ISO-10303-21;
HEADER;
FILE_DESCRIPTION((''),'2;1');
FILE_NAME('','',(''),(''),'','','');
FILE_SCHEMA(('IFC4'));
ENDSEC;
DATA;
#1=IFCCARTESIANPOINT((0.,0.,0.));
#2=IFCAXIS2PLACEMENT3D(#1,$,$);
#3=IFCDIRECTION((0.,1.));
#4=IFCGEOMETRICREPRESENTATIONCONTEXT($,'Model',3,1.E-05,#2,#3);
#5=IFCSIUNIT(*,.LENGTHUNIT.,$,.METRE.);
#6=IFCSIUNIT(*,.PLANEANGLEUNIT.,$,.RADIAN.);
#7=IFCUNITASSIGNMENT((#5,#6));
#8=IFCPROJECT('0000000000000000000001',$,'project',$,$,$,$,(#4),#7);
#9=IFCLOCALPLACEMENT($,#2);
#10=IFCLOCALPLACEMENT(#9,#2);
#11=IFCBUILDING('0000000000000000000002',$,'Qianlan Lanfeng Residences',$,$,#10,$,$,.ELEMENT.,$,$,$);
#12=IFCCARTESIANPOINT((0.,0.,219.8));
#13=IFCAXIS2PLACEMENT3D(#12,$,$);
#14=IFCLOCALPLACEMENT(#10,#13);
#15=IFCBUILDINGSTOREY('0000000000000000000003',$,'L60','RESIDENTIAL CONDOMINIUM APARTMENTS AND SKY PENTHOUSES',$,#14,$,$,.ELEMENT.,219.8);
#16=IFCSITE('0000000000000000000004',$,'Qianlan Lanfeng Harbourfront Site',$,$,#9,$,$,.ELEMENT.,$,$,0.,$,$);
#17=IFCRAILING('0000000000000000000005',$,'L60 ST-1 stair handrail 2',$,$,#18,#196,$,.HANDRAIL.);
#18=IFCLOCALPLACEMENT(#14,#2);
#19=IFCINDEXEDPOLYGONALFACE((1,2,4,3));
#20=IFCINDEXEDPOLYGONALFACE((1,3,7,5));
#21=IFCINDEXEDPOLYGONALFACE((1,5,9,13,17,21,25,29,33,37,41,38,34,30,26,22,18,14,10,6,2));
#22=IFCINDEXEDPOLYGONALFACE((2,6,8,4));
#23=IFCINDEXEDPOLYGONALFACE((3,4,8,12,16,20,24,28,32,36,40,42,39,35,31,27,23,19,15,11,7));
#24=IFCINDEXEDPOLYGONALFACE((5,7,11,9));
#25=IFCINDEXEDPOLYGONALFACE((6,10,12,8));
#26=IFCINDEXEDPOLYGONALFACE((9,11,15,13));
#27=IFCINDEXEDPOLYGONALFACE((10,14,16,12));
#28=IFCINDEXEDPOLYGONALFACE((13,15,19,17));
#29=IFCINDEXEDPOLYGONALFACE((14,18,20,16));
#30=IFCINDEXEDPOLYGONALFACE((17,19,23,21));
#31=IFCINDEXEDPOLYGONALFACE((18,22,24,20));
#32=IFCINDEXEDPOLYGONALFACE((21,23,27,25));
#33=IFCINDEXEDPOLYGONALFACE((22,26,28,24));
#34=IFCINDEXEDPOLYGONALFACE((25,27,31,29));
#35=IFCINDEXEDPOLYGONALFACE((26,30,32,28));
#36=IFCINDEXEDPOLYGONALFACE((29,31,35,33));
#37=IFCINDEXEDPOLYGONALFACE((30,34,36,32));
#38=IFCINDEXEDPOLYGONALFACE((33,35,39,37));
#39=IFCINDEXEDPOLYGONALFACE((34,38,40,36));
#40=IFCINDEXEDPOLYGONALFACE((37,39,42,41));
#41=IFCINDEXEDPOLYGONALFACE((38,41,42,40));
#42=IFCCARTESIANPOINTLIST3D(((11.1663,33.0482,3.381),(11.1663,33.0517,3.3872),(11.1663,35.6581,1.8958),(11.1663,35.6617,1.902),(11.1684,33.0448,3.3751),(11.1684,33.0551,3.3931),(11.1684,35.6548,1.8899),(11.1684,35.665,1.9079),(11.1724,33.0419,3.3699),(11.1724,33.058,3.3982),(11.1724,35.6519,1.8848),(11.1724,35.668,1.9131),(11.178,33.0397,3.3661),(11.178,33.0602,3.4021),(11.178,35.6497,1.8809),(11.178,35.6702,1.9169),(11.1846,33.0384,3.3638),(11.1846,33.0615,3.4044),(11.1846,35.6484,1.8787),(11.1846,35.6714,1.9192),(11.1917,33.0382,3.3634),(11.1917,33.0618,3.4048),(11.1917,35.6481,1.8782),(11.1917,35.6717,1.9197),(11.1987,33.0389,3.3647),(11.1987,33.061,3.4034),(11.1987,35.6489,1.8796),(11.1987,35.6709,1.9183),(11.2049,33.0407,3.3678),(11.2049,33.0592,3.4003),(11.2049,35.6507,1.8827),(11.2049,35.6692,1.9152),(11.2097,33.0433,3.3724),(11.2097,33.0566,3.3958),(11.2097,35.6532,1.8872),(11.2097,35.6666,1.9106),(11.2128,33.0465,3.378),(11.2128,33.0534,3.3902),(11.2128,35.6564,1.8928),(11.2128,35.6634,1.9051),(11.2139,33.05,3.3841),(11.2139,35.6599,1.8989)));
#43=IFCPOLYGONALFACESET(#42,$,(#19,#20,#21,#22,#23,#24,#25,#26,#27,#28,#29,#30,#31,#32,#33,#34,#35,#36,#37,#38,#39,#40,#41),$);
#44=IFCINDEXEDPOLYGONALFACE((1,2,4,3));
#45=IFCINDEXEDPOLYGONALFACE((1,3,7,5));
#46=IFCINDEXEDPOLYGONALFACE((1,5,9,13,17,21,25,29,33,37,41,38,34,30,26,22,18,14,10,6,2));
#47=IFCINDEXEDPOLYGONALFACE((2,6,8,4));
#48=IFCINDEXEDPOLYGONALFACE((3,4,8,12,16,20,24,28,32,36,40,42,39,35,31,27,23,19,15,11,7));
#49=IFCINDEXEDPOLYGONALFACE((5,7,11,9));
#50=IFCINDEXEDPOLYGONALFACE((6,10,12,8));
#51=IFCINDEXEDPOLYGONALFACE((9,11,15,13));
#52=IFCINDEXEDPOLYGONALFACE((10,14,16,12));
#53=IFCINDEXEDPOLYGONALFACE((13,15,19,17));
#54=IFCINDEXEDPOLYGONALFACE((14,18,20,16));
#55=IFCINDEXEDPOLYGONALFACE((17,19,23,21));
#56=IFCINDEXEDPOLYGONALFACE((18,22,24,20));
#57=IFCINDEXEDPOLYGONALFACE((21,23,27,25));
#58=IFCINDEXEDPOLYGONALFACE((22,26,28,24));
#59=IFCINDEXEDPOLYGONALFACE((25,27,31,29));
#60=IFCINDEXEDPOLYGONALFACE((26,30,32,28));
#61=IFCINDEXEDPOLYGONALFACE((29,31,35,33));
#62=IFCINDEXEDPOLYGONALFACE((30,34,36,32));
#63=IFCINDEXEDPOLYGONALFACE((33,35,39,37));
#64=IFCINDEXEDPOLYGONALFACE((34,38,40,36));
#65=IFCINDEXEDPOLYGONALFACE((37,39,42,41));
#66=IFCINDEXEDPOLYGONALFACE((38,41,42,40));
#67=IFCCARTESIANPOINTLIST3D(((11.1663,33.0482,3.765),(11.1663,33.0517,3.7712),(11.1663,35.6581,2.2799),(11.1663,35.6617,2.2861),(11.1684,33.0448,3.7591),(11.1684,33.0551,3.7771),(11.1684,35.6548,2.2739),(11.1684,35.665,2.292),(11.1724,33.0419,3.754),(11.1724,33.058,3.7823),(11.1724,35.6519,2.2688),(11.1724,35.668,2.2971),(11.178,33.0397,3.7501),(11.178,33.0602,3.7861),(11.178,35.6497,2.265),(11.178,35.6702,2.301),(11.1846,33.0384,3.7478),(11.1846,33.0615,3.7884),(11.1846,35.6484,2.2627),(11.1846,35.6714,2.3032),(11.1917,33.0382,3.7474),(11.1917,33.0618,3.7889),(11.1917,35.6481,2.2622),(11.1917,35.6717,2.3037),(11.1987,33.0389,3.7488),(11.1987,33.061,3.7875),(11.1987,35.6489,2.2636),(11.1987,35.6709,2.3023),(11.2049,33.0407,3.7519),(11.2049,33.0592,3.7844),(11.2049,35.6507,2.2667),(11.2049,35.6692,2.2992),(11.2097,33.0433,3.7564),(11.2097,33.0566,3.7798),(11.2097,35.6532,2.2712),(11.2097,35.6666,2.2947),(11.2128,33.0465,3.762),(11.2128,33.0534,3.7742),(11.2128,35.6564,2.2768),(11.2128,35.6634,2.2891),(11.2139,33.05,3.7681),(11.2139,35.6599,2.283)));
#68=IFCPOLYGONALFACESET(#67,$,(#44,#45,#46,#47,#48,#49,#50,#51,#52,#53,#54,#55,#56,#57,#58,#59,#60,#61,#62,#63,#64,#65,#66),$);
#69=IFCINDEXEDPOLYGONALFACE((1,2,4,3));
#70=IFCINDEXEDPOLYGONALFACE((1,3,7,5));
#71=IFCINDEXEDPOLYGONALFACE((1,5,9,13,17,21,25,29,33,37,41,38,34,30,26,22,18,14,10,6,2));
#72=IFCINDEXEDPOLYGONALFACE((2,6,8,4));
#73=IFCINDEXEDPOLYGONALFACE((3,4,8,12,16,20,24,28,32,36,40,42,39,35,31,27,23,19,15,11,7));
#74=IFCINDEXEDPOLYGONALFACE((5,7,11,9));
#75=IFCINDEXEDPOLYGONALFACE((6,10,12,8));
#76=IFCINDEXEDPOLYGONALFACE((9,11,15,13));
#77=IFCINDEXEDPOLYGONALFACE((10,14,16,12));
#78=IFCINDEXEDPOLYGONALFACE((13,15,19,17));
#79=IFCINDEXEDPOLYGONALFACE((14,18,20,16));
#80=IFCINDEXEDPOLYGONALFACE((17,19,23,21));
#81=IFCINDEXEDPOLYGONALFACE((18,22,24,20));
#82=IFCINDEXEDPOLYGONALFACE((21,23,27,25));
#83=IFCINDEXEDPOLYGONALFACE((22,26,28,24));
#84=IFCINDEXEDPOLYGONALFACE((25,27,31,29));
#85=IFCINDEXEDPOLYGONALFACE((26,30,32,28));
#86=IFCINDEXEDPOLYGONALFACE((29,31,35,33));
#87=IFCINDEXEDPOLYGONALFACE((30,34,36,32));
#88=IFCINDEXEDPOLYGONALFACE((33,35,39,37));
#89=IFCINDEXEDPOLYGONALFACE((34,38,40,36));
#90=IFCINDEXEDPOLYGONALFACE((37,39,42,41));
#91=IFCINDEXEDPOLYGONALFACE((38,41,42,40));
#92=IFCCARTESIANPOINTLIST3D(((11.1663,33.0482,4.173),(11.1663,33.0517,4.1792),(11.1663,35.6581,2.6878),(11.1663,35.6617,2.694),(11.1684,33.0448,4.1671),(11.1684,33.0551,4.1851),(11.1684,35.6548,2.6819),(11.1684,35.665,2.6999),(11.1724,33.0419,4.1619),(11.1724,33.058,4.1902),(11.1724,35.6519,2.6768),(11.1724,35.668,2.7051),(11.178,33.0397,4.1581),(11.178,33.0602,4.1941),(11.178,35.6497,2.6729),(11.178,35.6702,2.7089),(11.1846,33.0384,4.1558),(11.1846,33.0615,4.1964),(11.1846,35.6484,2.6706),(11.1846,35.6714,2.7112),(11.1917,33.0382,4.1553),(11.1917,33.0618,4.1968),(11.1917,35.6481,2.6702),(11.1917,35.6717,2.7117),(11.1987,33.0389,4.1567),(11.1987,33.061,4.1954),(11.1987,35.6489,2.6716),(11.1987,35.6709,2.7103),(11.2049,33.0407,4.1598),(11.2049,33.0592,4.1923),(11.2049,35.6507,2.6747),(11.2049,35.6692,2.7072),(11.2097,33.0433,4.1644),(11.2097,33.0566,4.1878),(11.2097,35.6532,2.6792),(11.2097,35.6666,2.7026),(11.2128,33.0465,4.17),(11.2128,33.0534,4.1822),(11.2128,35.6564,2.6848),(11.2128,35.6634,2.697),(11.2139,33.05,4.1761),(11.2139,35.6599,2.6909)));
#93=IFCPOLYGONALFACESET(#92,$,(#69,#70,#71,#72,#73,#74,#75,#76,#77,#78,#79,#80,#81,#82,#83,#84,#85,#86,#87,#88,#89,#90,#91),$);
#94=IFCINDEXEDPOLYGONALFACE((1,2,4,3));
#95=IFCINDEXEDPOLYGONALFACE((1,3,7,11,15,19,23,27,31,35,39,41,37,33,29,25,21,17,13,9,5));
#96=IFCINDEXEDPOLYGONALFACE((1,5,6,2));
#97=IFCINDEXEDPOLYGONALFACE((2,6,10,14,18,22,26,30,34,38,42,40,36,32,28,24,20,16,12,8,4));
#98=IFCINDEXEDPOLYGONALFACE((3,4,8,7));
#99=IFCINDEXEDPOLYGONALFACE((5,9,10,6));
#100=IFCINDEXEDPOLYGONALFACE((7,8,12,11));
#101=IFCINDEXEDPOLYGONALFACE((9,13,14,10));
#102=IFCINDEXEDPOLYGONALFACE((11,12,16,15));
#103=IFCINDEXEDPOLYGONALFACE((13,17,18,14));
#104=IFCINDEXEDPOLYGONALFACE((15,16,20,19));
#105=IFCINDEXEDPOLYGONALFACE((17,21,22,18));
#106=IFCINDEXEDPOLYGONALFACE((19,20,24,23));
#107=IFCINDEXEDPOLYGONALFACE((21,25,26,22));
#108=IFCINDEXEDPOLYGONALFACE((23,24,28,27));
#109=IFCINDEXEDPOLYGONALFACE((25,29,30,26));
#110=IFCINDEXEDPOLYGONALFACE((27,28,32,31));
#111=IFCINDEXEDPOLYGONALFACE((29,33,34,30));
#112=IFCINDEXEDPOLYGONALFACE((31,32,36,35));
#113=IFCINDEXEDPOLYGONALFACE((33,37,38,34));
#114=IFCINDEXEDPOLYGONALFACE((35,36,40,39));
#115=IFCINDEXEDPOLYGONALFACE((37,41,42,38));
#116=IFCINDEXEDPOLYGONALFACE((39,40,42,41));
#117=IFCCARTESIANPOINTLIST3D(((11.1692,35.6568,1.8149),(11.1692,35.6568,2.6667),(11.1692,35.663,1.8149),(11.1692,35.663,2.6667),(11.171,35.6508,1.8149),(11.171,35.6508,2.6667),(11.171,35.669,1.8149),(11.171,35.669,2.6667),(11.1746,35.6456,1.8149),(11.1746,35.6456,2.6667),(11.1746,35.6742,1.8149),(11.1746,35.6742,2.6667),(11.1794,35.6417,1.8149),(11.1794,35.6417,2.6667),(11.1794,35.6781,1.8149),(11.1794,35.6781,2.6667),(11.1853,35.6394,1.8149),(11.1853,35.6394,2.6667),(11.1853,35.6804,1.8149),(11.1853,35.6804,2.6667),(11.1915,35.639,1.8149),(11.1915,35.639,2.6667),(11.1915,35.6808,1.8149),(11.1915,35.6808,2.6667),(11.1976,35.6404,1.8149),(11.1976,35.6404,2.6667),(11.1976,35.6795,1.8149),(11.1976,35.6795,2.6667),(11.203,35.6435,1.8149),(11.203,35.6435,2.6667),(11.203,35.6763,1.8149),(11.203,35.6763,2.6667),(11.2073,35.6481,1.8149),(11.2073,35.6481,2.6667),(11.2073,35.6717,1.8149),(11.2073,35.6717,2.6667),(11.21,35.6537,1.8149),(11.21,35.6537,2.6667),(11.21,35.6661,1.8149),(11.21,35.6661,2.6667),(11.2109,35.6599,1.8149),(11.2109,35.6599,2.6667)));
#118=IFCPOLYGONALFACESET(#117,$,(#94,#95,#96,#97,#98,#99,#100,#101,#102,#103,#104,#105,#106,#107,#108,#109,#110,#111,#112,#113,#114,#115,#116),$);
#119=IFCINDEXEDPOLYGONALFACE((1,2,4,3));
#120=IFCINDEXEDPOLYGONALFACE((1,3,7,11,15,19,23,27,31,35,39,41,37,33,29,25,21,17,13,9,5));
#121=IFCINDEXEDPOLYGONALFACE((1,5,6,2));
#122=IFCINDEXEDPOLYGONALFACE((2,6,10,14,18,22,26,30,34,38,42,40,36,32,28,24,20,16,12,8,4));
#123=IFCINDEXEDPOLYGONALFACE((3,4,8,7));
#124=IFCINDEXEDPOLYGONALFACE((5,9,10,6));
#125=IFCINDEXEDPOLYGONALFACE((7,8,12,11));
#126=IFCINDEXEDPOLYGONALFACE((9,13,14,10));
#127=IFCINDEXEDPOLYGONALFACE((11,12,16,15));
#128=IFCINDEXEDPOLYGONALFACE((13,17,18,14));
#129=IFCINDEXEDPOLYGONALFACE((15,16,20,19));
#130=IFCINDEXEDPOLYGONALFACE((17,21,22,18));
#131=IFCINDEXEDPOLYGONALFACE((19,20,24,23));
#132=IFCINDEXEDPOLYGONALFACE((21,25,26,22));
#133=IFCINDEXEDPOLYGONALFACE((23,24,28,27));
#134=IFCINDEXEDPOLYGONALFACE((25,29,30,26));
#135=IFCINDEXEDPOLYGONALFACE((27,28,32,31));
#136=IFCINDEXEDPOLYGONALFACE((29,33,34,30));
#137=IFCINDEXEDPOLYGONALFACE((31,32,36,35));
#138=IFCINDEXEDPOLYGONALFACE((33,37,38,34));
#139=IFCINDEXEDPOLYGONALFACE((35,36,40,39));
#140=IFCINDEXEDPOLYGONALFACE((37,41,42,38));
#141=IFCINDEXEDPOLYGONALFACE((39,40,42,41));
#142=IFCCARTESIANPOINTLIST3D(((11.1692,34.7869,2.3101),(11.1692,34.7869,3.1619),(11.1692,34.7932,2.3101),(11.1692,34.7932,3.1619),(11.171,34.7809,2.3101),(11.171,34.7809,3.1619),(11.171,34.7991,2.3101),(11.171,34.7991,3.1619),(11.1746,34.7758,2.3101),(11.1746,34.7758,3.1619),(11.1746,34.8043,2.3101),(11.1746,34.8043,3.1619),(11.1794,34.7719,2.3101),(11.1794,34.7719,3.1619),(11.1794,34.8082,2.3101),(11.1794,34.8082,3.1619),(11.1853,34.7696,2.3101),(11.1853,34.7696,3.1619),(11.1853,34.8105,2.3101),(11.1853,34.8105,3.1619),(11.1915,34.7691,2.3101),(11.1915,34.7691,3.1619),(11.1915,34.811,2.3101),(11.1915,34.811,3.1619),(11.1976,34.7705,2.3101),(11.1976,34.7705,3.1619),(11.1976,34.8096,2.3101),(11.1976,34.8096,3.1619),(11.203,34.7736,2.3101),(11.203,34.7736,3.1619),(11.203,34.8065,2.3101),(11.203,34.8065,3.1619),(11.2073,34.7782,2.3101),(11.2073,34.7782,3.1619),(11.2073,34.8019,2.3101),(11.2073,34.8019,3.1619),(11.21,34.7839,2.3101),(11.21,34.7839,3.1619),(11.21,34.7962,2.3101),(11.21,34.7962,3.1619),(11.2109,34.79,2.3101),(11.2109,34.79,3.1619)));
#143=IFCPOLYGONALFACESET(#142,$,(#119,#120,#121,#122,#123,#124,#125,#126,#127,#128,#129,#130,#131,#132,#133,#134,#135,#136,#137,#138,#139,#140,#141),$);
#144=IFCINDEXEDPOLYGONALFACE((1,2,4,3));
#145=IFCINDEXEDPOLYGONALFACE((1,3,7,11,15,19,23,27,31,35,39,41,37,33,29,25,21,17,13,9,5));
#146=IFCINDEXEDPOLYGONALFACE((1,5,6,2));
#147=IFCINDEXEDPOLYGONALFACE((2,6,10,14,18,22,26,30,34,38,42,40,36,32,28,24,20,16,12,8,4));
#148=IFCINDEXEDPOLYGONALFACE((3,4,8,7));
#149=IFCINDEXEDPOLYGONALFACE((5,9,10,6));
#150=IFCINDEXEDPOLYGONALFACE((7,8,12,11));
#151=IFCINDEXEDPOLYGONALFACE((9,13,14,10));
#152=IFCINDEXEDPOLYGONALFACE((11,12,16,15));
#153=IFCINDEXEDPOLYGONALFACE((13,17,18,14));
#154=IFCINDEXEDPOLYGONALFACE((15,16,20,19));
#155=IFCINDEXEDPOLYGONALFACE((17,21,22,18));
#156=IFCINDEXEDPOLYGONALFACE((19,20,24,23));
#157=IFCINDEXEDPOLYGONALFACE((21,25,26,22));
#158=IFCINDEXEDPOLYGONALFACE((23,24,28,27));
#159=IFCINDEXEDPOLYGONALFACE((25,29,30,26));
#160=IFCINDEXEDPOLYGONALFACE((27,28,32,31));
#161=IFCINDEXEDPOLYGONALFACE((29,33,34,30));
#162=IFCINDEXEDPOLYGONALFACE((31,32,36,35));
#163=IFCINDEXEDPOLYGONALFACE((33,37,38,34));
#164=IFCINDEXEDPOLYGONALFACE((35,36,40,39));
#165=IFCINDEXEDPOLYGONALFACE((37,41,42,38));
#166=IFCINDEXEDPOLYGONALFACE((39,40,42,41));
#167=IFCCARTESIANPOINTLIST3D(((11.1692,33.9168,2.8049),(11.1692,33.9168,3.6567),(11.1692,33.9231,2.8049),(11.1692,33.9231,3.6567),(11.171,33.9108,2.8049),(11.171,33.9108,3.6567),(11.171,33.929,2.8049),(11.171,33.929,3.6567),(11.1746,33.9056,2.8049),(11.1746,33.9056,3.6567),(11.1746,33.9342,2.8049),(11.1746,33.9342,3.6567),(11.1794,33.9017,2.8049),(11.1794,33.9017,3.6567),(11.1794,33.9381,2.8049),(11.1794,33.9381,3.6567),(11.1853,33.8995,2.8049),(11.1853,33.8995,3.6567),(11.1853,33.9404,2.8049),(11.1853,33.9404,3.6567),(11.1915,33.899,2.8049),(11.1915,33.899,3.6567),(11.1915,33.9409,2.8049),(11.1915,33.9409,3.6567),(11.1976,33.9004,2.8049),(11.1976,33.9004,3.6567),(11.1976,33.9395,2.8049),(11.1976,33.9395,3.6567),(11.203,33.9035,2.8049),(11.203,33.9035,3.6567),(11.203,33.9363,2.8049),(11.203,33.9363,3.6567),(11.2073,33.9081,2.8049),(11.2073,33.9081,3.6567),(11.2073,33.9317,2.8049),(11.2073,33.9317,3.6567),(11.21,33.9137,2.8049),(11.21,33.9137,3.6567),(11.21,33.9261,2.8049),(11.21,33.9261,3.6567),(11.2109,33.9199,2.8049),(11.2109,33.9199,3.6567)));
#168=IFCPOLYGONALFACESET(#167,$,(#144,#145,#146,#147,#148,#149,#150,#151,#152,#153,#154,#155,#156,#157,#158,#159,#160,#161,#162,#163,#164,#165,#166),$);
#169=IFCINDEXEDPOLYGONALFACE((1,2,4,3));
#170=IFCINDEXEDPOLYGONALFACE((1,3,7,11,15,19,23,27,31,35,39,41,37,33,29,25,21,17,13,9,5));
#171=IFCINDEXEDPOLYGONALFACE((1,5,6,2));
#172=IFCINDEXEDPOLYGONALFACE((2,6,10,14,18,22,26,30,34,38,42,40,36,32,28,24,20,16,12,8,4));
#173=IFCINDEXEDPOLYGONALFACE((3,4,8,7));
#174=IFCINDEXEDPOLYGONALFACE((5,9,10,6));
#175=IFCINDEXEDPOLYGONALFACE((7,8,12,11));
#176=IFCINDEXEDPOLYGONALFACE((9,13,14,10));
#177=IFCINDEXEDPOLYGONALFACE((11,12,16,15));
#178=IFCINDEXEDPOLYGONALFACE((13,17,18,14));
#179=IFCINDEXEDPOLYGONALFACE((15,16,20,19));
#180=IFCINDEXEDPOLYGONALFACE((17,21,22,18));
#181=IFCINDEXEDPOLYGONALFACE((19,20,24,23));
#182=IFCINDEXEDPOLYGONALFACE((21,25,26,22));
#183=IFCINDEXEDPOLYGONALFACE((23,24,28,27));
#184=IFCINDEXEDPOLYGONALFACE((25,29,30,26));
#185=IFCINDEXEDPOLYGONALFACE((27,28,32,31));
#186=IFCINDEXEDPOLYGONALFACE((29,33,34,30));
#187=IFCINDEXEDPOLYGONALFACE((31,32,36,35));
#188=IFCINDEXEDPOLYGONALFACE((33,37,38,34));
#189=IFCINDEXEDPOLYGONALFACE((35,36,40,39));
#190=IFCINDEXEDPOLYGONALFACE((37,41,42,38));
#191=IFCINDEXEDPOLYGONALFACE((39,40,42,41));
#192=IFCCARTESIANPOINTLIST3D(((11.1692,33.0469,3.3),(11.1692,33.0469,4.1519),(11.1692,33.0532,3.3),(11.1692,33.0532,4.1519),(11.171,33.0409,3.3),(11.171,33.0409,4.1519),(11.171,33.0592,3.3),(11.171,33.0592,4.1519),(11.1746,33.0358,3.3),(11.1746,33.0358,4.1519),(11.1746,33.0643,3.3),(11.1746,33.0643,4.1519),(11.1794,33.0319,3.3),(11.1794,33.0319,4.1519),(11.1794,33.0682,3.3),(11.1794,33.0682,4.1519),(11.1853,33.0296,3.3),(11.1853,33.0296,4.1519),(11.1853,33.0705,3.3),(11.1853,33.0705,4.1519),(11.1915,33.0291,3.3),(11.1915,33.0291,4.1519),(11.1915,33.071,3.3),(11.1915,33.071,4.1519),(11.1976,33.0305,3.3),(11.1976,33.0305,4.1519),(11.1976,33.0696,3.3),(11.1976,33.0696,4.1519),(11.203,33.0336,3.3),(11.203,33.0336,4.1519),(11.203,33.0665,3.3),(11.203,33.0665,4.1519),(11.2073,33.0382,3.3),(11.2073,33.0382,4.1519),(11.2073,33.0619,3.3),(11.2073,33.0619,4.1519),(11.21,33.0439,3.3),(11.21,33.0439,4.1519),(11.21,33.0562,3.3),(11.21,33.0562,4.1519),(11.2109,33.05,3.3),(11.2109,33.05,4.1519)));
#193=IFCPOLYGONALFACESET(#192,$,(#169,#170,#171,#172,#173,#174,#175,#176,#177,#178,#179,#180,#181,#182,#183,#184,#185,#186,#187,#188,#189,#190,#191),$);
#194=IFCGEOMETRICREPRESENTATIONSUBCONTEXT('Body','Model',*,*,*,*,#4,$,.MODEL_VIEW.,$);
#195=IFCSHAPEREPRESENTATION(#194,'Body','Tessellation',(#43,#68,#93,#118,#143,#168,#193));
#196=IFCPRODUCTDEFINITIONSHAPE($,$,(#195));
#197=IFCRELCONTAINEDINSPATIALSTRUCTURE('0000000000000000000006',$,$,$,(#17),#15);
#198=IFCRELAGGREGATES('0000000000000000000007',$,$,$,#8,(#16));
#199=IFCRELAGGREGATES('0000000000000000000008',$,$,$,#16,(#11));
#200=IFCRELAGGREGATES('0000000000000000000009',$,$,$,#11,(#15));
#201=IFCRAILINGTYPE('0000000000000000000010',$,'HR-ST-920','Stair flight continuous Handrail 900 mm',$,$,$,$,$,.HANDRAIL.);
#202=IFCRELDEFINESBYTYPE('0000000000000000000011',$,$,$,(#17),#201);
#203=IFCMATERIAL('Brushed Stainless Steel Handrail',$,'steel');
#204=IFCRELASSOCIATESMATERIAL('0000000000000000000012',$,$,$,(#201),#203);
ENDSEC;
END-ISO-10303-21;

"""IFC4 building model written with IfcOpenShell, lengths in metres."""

from ifc_helpers import new_model, si_unit, direction, frame, origin, origin_2d, place, context, subcontext, project, spatial, circle, extrude, material, type_object, element, save


model = new_model("IFC4")

# Units and contexts
model_context = context("Model", 3, precision=1e-05, world=origin(), true_north=direction((0.0, 1.0)))
body_context = subcontext(model_context, "Body", "Model", "MODEL_VIEW")
ifc_project = project(units=[si_unit("LENGTHUNIT", "METRE"), si_unit("PLANEANGLEUNIT", "RADIAN")], contexts=[model_context])

# Site, building, storey
site_placement = place(None, origin())
site = spatial("IfcSite", under=ifc_project, at=site_placement, Name="Qianlan Lanfeng Harbourfront Site", CompositionType="ELEMENT", RefElevation=0.0)
building_placement = place(site_placement, origin())
building = spatial("IfcBuilding", under=site, at=building_placement, Name="Qianlan Lanfeng Residences", CompositionType="ELEMENT")
storey_placement = place(building_placement, frame((0.0, 0.0, 219.8)))
storey = spatial("IfcBuildingStorey", under=building, at=storey_placement, Name="L60", Description="RESIDENTIAL CONDOMINIUM APARTMENTS AND SKY PENTHOUSES", CompositionType="ELEMENT", Elevation=219.8)

# Railing
ifc_material_1 = material(Name="Brushed Stainless Steel Handrail", Category="steel")
railing_type_1 = type_object("IfcRailingType", Name="HR-ST-920", Description="Stair flight continuous Handrail 900 mm", PredefinedType="HANDRAIL", material=ifc_material_1)
railing_1_placement = place(storey_placement, frame((11.1899, 35.6599, 1.8149)))
element("IfcRailing", 1, at=railing_1_placement, inside=storey, type_object=railing_type_1, Name="L60 ST-1 stair handrail 2", PredefinedType="HANDRAIL", context=body_context, shape_type="SweptSolid", body=[
    extrude(circle(Radius=0.0239, at=origin_2d()), frame((0.0, 0.0, 0.084), z_axis=(0.0, -0.869137, 0.494571), x_axis=(1.0, 0.0, 0.0)), (0.0, 0.0, 1.0), 3.0029),
    extrude(circle(Radius=0.0239, at=origin_2d()), frame((0.0, 0.0, 0.468), z_axis=(0.0, -0.869137, 0.494571), x_axis=(1.0, 0.0, 0.0)), (0.0, 0.0, 1.0), 3.0029),
    extrude(circle(Radius=0.0239, at=origin_2d()), frame((0.0, 0.0, 0.876), z_axis=(0.0, -0.869137, 0.494571), x_axis=(1.0, 0.0, 0.0)), (0.0, 0.0, 1.0), 3.0029),
    extrude(circle(Radius=0.021, at=origin_2d()), origin(), (0.0, 0.0, 1.0), 0.8518),
    extrude(circle(Radius=0.021, at=origin_2d()), frame((0.0, -0.8699, 0.4951)), (0.0, 0.0, 1.0), 0.8518),
    extrude(circle(Radius=0.021, at=origin_2d()), frame((0.0, -1.74, 0.99)), (0.0, 0.0, 1.0), 0.8518),
    extrude(circle(Radius=0.021, at=origin_2d()), frame((0.0, -2.6099, 1.4851)), (0.0, 0.0, 1.0), 0.8518),
])

save(model, "model.ifc")
